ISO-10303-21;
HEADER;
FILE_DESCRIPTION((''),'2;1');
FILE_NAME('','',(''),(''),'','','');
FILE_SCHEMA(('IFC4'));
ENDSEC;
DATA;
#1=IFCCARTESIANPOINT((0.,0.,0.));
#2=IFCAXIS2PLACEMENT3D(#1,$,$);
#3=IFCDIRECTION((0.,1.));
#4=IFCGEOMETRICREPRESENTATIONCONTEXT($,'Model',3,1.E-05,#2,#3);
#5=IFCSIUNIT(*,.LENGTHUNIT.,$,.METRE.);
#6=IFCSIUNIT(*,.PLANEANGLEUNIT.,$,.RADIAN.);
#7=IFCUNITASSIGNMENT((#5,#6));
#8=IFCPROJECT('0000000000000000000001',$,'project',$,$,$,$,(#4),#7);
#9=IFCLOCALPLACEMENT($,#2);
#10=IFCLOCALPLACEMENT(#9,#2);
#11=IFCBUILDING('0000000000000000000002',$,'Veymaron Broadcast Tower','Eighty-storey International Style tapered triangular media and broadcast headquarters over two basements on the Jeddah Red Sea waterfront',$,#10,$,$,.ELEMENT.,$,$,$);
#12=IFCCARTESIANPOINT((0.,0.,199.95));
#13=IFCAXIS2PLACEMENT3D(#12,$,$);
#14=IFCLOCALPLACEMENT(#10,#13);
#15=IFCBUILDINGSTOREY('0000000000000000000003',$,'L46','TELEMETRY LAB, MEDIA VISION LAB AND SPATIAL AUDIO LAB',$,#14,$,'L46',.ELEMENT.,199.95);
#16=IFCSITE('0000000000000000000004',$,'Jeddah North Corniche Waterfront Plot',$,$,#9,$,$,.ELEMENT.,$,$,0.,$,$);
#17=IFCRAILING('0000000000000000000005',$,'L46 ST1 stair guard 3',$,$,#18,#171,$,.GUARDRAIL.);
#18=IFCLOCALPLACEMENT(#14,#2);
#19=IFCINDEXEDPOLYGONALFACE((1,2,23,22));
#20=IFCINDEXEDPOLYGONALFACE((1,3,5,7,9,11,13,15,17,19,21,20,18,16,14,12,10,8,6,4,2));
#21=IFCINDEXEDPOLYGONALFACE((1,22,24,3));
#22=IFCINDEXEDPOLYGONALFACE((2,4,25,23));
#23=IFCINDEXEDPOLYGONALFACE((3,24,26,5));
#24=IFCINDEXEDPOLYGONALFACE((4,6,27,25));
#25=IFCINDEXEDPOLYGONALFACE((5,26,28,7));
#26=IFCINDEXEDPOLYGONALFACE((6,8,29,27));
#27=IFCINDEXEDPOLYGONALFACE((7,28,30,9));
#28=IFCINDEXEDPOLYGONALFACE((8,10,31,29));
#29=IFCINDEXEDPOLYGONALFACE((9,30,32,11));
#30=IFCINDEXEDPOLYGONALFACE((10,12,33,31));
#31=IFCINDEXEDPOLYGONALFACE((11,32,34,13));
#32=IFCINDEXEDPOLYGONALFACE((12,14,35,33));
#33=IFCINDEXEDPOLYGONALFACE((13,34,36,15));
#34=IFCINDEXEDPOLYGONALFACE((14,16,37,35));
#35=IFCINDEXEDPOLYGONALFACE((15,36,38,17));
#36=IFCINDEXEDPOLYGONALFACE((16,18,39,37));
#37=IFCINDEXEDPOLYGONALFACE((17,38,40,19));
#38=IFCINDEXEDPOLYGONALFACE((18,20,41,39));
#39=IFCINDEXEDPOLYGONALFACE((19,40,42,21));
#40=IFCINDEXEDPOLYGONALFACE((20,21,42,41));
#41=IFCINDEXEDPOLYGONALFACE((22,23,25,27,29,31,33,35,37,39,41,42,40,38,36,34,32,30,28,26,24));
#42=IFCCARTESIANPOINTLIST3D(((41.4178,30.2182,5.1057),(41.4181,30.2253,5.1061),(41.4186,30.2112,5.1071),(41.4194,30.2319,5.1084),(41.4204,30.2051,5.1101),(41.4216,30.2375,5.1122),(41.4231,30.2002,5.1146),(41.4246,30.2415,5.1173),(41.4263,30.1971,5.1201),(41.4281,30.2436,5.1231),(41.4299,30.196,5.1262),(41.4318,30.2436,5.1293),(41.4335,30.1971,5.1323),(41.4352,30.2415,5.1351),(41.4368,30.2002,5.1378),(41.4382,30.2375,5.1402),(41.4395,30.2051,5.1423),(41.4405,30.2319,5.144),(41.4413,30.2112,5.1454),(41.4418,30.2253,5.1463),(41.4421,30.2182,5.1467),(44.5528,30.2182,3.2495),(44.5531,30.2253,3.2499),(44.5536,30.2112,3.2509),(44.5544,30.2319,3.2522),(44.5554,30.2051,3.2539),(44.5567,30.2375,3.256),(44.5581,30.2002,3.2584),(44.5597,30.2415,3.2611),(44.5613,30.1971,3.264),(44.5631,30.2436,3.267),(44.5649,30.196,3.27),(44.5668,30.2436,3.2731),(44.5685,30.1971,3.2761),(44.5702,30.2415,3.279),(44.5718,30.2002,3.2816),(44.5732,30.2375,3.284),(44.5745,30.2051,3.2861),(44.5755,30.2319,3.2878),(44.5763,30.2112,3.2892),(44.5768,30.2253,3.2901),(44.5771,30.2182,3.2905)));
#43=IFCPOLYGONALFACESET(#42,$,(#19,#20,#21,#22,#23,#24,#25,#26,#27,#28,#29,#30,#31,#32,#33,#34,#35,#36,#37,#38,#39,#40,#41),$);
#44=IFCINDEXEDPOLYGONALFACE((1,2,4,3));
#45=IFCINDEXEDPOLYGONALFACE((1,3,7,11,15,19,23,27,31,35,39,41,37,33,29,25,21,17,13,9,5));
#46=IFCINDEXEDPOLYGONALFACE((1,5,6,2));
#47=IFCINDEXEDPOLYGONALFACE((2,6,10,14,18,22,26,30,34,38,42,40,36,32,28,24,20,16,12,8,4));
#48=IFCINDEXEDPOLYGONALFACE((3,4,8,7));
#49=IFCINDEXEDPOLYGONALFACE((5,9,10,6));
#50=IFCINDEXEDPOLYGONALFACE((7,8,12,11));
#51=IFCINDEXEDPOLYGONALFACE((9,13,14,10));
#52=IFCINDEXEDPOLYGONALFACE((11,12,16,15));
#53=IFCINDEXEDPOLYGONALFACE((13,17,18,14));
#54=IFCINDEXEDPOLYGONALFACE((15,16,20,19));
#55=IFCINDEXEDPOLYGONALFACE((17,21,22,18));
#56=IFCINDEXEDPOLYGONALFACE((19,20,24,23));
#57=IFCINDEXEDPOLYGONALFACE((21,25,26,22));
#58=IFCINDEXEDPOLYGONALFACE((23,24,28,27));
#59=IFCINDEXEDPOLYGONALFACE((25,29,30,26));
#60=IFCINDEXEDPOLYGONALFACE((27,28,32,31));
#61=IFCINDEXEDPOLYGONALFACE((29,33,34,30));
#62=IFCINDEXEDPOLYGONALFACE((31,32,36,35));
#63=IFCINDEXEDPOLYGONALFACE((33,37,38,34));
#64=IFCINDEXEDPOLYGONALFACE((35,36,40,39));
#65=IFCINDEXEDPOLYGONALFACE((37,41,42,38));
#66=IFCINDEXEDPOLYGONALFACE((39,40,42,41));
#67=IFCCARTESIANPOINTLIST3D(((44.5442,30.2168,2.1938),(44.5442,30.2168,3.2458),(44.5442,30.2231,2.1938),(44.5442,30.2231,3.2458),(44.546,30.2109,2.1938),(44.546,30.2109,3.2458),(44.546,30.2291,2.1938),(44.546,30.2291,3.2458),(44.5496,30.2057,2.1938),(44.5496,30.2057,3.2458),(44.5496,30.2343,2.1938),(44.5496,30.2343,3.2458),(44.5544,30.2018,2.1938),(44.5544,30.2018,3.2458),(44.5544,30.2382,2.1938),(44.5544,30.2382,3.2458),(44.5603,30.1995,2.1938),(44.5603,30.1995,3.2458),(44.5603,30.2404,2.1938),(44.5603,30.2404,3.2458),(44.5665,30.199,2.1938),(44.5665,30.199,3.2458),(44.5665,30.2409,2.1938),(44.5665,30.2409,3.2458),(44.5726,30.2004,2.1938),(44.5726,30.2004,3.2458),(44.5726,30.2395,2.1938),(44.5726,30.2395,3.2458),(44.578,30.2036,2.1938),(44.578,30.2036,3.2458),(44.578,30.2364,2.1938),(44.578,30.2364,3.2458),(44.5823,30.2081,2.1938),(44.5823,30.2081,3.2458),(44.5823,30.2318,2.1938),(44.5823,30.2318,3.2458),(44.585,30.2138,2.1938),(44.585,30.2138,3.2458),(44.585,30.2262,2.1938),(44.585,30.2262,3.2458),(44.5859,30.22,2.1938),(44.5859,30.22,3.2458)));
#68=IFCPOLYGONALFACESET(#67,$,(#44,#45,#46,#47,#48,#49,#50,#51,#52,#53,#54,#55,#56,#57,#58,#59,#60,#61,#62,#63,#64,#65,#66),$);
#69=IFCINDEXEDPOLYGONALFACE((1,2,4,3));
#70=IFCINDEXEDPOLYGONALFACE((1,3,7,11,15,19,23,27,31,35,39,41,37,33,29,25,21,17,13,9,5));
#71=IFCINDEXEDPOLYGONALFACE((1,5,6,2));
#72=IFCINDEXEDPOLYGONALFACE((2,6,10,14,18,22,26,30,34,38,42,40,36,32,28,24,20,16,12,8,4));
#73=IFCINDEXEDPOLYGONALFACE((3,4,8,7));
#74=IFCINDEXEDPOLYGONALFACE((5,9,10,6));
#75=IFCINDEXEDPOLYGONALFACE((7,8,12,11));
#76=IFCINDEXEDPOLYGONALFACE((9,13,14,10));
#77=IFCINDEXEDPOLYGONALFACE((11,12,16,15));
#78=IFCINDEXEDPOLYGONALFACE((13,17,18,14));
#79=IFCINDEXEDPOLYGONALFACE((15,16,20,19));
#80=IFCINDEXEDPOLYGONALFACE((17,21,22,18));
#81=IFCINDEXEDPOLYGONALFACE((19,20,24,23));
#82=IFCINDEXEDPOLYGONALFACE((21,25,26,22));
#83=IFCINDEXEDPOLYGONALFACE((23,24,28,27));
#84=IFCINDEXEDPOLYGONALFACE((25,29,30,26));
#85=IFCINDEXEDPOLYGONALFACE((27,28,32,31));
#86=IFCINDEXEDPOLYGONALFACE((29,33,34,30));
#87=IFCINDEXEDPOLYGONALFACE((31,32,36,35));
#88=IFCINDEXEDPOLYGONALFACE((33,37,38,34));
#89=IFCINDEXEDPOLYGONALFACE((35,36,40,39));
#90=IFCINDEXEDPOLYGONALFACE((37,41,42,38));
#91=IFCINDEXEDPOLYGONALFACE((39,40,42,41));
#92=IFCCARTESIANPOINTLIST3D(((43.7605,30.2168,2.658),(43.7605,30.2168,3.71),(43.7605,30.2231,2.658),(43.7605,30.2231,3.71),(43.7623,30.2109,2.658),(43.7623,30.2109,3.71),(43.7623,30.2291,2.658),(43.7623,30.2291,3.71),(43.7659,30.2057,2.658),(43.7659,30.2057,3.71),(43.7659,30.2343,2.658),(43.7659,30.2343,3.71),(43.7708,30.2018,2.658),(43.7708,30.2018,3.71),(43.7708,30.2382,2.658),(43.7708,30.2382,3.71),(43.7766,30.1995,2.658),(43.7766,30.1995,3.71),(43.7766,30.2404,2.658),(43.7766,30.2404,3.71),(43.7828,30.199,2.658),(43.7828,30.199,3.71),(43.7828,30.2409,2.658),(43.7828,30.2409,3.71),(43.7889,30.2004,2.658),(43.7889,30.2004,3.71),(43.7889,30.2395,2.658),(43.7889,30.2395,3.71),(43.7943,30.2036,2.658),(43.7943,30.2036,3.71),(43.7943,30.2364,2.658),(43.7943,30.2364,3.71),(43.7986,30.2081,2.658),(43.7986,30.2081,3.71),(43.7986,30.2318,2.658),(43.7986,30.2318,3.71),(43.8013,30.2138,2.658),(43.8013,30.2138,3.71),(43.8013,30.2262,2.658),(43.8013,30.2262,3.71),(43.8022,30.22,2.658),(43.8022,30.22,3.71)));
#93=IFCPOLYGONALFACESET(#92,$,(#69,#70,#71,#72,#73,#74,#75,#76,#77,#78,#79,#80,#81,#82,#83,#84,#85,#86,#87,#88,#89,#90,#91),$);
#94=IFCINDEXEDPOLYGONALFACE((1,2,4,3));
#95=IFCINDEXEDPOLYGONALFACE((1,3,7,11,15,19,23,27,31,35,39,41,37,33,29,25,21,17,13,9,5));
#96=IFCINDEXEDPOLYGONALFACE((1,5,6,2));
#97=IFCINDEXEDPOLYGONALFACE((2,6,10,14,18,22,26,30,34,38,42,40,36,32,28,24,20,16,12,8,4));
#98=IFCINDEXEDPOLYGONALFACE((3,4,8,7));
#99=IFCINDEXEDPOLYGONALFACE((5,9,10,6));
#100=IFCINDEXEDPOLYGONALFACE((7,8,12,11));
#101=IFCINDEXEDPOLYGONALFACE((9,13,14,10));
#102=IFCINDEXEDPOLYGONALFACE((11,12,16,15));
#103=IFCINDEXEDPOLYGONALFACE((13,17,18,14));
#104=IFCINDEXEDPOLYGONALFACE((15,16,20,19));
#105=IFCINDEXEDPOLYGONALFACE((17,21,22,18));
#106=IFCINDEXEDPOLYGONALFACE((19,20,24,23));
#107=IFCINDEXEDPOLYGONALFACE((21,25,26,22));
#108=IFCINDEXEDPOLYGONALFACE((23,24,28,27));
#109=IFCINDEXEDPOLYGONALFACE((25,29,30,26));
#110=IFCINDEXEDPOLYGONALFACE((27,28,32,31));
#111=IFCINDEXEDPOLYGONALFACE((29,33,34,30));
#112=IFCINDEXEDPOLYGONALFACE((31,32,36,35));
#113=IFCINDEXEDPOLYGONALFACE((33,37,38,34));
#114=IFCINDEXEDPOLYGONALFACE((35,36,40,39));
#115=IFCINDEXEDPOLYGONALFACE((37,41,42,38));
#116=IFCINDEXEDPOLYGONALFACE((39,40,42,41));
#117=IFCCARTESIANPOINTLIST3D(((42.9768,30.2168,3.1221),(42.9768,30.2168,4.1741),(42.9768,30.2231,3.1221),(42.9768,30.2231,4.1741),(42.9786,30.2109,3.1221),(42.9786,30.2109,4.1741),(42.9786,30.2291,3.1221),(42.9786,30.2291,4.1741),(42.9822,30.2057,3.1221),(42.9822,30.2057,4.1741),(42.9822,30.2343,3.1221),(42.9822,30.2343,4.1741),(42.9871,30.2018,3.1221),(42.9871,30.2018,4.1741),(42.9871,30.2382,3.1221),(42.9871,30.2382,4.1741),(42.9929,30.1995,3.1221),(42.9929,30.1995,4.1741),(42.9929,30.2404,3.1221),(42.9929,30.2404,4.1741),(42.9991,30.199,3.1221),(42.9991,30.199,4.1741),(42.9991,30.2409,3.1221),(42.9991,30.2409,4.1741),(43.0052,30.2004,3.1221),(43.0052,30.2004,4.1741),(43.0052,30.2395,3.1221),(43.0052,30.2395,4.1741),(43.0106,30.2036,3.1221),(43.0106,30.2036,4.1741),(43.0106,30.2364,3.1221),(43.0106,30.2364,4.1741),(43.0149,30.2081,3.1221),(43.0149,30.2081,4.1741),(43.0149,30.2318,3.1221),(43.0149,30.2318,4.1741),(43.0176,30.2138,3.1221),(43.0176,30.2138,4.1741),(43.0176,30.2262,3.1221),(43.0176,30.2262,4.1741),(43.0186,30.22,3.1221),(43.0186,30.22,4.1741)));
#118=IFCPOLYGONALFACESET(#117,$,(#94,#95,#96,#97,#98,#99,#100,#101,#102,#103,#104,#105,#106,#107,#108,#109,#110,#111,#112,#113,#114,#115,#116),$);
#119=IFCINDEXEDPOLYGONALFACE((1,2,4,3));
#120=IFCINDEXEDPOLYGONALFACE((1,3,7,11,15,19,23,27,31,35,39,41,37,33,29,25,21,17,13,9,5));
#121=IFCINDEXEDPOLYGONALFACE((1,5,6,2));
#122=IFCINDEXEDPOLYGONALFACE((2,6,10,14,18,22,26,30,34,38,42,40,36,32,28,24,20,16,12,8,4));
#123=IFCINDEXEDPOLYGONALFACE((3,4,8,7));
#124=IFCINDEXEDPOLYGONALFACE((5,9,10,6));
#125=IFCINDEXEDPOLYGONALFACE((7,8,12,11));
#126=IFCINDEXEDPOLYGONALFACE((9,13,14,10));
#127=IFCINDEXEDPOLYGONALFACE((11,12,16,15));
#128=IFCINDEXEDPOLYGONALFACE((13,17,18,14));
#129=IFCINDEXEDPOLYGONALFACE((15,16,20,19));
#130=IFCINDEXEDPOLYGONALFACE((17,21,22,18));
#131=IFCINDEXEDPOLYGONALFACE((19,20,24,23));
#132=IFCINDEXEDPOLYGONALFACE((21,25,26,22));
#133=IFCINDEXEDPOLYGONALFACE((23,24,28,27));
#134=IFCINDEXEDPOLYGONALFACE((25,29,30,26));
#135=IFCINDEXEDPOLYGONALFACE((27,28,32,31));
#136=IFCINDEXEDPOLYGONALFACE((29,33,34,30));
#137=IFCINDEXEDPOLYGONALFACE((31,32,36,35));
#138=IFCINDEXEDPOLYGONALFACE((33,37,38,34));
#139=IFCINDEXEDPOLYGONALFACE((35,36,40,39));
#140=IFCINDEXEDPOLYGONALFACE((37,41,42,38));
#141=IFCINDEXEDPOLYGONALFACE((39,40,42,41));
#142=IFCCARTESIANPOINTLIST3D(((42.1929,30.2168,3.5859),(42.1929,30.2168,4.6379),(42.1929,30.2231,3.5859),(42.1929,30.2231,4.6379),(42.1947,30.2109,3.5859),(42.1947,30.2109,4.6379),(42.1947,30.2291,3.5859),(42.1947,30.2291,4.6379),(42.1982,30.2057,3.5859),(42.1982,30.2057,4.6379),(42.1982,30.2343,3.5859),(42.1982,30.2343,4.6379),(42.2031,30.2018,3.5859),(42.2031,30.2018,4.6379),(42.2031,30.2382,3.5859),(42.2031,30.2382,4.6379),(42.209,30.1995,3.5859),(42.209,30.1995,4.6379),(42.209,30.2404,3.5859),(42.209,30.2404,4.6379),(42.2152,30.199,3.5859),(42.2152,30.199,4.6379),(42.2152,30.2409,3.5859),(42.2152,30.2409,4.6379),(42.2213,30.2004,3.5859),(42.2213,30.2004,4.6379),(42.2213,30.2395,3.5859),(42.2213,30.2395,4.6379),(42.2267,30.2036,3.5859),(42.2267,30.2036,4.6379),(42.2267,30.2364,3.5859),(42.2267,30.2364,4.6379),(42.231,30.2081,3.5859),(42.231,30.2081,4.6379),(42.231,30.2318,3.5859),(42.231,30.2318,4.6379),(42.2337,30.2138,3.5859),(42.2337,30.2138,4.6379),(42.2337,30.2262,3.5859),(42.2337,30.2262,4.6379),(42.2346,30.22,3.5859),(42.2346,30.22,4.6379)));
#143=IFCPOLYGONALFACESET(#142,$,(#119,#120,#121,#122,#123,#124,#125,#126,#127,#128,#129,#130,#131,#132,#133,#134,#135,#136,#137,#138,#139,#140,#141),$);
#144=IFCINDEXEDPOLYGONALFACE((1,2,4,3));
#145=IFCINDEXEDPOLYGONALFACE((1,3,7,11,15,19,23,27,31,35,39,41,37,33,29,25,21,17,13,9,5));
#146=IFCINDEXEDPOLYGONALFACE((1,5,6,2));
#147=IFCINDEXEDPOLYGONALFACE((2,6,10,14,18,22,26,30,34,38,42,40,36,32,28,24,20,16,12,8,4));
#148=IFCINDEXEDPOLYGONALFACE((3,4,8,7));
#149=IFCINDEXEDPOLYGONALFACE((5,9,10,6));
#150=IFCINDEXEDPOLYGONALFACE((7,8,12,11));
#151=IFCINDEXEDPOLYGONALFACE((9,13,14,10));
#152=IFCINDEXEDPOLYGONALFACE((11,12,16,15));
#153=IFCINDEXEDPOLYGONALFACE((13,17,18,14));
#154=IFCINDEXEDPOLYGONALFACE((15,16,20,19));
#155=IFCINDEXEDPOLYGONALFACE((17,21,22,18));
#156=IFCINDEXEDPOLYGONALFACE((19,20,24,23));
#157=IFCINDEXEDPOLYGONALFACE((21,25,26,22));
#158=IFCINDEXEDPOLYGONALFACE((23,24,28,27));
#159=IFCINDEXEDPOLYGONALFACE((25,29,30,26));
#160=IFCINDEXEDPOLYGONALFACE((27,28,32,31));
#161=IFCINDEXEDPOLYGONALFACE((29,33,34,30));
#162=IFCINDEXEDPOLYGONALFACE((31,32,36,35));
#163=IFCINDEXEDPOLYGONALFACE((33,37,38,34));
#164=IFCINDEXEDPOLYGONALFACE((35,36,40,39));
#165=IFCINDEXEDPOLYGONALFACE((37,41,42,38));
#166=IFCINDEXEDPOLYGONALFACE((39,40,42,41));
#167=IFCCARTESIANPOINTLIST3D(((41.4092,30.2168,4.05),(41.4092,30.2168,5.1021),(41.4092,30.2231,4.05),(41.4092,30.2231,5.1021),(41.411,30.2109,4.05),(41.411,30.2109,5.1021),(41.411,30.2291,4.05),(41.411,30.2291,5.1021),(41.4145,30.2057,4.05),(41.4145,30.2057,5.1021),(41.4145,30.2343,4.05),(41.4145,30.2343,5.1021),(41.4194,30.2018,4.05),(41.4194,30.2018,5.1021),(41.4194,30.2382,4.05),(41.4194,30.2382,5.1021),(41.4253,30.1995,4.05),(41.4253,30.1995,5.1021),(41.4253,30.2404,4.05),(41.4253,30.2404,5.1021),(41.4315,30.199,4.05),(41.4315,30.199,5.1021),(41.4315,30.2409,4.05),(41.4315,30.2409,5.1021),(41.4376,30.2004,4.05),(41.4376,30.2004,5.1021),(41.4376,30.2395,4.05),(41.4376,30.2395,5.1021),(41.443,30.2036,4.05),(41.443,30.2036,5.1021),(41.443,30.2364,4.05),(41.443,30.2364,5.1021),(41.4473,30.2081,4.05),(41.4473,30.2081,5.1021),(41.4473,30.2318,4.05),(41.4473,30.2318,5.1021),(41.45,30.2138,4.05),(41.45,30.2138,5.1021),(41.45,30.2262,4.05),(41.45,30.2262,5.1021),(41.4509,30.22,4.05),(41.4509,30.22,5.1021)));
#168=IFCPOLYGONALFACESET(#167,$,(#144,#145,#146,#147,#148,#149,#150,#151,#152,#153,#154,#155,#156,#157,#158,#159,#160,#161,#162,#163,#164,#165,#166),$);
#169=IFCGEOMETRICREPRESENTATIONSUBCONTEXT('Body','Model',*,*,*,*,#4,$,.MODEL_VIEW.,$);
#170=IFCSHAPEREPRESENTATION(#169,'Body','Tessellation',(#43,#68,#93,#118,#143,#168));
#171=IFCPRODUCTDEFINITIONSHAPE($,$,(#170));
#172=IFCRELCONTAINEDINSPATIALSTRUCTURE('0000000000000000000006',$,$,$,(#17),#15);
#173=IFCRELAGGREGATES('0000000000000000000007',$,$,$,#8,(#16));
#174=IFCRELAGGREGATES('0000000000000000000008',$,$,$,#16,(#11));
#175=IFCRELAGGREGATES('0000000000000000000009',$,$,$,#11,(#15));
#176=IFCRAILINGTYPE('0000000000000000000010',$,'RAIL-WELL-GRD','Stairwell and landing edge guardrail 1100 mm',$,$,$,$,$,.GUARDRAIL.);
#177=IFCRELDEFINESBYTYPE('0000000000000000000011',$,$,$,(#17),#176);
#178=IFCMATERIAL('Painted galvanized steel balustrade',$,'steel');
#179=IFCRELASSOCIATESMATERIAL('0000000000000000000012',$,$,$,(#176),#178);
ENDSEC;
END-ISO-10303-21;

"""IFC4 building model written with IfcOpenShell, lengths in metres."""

from ifc_helpers import new_model, si_unit, direction, frame, origin, origin_2d, place, context, subcontext, project, spatial, circle, extrude, material, type_object, element, save


model = new_model("IFC4")

# Units and contexts
model_context = context("Model", 3, precision=1e-05, world=origin(), true_north=direction((0.0, 1.0)))
body_context = subcontext(model_context, "Body", "Model", "MODEL_VIEW")
ifc_project = project(units=[si_unit("LENGTHUNIT", "METRE"), si_unit("PLANEANGLEUNIT", "RADIAN")], contexts=[model_context])

# Site, building, storey
site_placement = place(None, origin())
site = spatial("IfcSite", under=ifc_project, at=site_placement, Name="Jeddah North Corniche Waterfront Plot", CompositionType="ELEMENT", RefElevation=0.0)
building_placement = place(site_placement, origin())
building = spatial("IfcBuilding", under=site, at=building_placement, Name="Veymaron Broadcast Tower", Description="Eighty-storey International Style tapered triangular media and broadcast headquarters over two basements on the Jeddah Red Sea waterfront", CompositionType="ELEMENT")
storey_placement = place(building_placement, frame((0.0, 0.0, 199.95)))
storey = spatial("IfcBuildingStorey", under=building, at=storey_placement, Name="L46", Description="TELEMETRY LAB, MEDIA VISION LAB AND SPATIAL AUDIO LAB", LongName="L46", CompositionType="ELEMENT", Elevation=199.95)

# Railing
ifc_material_1 = material(Name="Painted galvanized steel balustrade", Category="steel")
railing_type_1 = type_object("IfcRailingType", Name="RAIL-WELL-GRD", Description="Stairwell and landing edge guardrail 1100 mm", PredefinedType="GUARDRAIL", material=ifc_material_1)
railing_1_placement = place(storey_placement, frame((44.5649, 30.22, 2.1938)))
element("IfcRailing", 1, at=railing_1_placement, inside=storey, type_object=railing_type_1, Name="L46 ST1 stair guard 3", PredefinedType="GUARDRAIL", context=body_context, shape_type="SweptSolid", body=[
    extrude(circle(Radius=0.0239, at=origin_2d()), frame((0.0, 0.0, 1.0762), z_axis=(-0.860482, 0.0, 0.509481), x_axis=(0.0, -1.0, 0.0)), (0.0, 0.0, 1.0), 3.6433),
    extrude(circle(Radius=0.021, at=origin_2d()), origin(), (0.0, 0.0, 1.0), 1.052),
    extrude(circle(Radius=0.021, at=origin_2d()), frame((-0.7837, 0.0, 0.4641)), (0.0, 0.0, 1.0), 1.052),
    extrude(circle(Radius=0.021, at=origin_2d()), frame((-1.5674, 0.0, 0.9282)), (0.0, 0.0, 1.0), 1.052),
    extrude(circle(Radius=0.021, at=origin_2d()), frame((-2.3513, 0.0, 1.3921)), (0.0, 0.0, 1.0), 1.052),
    extrude(circle(Radius=0.021, at=origin_2d()), frame((-3.135, 0.0, 1.8562)), (0.0, 0.0, 1.0), 1.052),
])

save(model, "model.ifc")
